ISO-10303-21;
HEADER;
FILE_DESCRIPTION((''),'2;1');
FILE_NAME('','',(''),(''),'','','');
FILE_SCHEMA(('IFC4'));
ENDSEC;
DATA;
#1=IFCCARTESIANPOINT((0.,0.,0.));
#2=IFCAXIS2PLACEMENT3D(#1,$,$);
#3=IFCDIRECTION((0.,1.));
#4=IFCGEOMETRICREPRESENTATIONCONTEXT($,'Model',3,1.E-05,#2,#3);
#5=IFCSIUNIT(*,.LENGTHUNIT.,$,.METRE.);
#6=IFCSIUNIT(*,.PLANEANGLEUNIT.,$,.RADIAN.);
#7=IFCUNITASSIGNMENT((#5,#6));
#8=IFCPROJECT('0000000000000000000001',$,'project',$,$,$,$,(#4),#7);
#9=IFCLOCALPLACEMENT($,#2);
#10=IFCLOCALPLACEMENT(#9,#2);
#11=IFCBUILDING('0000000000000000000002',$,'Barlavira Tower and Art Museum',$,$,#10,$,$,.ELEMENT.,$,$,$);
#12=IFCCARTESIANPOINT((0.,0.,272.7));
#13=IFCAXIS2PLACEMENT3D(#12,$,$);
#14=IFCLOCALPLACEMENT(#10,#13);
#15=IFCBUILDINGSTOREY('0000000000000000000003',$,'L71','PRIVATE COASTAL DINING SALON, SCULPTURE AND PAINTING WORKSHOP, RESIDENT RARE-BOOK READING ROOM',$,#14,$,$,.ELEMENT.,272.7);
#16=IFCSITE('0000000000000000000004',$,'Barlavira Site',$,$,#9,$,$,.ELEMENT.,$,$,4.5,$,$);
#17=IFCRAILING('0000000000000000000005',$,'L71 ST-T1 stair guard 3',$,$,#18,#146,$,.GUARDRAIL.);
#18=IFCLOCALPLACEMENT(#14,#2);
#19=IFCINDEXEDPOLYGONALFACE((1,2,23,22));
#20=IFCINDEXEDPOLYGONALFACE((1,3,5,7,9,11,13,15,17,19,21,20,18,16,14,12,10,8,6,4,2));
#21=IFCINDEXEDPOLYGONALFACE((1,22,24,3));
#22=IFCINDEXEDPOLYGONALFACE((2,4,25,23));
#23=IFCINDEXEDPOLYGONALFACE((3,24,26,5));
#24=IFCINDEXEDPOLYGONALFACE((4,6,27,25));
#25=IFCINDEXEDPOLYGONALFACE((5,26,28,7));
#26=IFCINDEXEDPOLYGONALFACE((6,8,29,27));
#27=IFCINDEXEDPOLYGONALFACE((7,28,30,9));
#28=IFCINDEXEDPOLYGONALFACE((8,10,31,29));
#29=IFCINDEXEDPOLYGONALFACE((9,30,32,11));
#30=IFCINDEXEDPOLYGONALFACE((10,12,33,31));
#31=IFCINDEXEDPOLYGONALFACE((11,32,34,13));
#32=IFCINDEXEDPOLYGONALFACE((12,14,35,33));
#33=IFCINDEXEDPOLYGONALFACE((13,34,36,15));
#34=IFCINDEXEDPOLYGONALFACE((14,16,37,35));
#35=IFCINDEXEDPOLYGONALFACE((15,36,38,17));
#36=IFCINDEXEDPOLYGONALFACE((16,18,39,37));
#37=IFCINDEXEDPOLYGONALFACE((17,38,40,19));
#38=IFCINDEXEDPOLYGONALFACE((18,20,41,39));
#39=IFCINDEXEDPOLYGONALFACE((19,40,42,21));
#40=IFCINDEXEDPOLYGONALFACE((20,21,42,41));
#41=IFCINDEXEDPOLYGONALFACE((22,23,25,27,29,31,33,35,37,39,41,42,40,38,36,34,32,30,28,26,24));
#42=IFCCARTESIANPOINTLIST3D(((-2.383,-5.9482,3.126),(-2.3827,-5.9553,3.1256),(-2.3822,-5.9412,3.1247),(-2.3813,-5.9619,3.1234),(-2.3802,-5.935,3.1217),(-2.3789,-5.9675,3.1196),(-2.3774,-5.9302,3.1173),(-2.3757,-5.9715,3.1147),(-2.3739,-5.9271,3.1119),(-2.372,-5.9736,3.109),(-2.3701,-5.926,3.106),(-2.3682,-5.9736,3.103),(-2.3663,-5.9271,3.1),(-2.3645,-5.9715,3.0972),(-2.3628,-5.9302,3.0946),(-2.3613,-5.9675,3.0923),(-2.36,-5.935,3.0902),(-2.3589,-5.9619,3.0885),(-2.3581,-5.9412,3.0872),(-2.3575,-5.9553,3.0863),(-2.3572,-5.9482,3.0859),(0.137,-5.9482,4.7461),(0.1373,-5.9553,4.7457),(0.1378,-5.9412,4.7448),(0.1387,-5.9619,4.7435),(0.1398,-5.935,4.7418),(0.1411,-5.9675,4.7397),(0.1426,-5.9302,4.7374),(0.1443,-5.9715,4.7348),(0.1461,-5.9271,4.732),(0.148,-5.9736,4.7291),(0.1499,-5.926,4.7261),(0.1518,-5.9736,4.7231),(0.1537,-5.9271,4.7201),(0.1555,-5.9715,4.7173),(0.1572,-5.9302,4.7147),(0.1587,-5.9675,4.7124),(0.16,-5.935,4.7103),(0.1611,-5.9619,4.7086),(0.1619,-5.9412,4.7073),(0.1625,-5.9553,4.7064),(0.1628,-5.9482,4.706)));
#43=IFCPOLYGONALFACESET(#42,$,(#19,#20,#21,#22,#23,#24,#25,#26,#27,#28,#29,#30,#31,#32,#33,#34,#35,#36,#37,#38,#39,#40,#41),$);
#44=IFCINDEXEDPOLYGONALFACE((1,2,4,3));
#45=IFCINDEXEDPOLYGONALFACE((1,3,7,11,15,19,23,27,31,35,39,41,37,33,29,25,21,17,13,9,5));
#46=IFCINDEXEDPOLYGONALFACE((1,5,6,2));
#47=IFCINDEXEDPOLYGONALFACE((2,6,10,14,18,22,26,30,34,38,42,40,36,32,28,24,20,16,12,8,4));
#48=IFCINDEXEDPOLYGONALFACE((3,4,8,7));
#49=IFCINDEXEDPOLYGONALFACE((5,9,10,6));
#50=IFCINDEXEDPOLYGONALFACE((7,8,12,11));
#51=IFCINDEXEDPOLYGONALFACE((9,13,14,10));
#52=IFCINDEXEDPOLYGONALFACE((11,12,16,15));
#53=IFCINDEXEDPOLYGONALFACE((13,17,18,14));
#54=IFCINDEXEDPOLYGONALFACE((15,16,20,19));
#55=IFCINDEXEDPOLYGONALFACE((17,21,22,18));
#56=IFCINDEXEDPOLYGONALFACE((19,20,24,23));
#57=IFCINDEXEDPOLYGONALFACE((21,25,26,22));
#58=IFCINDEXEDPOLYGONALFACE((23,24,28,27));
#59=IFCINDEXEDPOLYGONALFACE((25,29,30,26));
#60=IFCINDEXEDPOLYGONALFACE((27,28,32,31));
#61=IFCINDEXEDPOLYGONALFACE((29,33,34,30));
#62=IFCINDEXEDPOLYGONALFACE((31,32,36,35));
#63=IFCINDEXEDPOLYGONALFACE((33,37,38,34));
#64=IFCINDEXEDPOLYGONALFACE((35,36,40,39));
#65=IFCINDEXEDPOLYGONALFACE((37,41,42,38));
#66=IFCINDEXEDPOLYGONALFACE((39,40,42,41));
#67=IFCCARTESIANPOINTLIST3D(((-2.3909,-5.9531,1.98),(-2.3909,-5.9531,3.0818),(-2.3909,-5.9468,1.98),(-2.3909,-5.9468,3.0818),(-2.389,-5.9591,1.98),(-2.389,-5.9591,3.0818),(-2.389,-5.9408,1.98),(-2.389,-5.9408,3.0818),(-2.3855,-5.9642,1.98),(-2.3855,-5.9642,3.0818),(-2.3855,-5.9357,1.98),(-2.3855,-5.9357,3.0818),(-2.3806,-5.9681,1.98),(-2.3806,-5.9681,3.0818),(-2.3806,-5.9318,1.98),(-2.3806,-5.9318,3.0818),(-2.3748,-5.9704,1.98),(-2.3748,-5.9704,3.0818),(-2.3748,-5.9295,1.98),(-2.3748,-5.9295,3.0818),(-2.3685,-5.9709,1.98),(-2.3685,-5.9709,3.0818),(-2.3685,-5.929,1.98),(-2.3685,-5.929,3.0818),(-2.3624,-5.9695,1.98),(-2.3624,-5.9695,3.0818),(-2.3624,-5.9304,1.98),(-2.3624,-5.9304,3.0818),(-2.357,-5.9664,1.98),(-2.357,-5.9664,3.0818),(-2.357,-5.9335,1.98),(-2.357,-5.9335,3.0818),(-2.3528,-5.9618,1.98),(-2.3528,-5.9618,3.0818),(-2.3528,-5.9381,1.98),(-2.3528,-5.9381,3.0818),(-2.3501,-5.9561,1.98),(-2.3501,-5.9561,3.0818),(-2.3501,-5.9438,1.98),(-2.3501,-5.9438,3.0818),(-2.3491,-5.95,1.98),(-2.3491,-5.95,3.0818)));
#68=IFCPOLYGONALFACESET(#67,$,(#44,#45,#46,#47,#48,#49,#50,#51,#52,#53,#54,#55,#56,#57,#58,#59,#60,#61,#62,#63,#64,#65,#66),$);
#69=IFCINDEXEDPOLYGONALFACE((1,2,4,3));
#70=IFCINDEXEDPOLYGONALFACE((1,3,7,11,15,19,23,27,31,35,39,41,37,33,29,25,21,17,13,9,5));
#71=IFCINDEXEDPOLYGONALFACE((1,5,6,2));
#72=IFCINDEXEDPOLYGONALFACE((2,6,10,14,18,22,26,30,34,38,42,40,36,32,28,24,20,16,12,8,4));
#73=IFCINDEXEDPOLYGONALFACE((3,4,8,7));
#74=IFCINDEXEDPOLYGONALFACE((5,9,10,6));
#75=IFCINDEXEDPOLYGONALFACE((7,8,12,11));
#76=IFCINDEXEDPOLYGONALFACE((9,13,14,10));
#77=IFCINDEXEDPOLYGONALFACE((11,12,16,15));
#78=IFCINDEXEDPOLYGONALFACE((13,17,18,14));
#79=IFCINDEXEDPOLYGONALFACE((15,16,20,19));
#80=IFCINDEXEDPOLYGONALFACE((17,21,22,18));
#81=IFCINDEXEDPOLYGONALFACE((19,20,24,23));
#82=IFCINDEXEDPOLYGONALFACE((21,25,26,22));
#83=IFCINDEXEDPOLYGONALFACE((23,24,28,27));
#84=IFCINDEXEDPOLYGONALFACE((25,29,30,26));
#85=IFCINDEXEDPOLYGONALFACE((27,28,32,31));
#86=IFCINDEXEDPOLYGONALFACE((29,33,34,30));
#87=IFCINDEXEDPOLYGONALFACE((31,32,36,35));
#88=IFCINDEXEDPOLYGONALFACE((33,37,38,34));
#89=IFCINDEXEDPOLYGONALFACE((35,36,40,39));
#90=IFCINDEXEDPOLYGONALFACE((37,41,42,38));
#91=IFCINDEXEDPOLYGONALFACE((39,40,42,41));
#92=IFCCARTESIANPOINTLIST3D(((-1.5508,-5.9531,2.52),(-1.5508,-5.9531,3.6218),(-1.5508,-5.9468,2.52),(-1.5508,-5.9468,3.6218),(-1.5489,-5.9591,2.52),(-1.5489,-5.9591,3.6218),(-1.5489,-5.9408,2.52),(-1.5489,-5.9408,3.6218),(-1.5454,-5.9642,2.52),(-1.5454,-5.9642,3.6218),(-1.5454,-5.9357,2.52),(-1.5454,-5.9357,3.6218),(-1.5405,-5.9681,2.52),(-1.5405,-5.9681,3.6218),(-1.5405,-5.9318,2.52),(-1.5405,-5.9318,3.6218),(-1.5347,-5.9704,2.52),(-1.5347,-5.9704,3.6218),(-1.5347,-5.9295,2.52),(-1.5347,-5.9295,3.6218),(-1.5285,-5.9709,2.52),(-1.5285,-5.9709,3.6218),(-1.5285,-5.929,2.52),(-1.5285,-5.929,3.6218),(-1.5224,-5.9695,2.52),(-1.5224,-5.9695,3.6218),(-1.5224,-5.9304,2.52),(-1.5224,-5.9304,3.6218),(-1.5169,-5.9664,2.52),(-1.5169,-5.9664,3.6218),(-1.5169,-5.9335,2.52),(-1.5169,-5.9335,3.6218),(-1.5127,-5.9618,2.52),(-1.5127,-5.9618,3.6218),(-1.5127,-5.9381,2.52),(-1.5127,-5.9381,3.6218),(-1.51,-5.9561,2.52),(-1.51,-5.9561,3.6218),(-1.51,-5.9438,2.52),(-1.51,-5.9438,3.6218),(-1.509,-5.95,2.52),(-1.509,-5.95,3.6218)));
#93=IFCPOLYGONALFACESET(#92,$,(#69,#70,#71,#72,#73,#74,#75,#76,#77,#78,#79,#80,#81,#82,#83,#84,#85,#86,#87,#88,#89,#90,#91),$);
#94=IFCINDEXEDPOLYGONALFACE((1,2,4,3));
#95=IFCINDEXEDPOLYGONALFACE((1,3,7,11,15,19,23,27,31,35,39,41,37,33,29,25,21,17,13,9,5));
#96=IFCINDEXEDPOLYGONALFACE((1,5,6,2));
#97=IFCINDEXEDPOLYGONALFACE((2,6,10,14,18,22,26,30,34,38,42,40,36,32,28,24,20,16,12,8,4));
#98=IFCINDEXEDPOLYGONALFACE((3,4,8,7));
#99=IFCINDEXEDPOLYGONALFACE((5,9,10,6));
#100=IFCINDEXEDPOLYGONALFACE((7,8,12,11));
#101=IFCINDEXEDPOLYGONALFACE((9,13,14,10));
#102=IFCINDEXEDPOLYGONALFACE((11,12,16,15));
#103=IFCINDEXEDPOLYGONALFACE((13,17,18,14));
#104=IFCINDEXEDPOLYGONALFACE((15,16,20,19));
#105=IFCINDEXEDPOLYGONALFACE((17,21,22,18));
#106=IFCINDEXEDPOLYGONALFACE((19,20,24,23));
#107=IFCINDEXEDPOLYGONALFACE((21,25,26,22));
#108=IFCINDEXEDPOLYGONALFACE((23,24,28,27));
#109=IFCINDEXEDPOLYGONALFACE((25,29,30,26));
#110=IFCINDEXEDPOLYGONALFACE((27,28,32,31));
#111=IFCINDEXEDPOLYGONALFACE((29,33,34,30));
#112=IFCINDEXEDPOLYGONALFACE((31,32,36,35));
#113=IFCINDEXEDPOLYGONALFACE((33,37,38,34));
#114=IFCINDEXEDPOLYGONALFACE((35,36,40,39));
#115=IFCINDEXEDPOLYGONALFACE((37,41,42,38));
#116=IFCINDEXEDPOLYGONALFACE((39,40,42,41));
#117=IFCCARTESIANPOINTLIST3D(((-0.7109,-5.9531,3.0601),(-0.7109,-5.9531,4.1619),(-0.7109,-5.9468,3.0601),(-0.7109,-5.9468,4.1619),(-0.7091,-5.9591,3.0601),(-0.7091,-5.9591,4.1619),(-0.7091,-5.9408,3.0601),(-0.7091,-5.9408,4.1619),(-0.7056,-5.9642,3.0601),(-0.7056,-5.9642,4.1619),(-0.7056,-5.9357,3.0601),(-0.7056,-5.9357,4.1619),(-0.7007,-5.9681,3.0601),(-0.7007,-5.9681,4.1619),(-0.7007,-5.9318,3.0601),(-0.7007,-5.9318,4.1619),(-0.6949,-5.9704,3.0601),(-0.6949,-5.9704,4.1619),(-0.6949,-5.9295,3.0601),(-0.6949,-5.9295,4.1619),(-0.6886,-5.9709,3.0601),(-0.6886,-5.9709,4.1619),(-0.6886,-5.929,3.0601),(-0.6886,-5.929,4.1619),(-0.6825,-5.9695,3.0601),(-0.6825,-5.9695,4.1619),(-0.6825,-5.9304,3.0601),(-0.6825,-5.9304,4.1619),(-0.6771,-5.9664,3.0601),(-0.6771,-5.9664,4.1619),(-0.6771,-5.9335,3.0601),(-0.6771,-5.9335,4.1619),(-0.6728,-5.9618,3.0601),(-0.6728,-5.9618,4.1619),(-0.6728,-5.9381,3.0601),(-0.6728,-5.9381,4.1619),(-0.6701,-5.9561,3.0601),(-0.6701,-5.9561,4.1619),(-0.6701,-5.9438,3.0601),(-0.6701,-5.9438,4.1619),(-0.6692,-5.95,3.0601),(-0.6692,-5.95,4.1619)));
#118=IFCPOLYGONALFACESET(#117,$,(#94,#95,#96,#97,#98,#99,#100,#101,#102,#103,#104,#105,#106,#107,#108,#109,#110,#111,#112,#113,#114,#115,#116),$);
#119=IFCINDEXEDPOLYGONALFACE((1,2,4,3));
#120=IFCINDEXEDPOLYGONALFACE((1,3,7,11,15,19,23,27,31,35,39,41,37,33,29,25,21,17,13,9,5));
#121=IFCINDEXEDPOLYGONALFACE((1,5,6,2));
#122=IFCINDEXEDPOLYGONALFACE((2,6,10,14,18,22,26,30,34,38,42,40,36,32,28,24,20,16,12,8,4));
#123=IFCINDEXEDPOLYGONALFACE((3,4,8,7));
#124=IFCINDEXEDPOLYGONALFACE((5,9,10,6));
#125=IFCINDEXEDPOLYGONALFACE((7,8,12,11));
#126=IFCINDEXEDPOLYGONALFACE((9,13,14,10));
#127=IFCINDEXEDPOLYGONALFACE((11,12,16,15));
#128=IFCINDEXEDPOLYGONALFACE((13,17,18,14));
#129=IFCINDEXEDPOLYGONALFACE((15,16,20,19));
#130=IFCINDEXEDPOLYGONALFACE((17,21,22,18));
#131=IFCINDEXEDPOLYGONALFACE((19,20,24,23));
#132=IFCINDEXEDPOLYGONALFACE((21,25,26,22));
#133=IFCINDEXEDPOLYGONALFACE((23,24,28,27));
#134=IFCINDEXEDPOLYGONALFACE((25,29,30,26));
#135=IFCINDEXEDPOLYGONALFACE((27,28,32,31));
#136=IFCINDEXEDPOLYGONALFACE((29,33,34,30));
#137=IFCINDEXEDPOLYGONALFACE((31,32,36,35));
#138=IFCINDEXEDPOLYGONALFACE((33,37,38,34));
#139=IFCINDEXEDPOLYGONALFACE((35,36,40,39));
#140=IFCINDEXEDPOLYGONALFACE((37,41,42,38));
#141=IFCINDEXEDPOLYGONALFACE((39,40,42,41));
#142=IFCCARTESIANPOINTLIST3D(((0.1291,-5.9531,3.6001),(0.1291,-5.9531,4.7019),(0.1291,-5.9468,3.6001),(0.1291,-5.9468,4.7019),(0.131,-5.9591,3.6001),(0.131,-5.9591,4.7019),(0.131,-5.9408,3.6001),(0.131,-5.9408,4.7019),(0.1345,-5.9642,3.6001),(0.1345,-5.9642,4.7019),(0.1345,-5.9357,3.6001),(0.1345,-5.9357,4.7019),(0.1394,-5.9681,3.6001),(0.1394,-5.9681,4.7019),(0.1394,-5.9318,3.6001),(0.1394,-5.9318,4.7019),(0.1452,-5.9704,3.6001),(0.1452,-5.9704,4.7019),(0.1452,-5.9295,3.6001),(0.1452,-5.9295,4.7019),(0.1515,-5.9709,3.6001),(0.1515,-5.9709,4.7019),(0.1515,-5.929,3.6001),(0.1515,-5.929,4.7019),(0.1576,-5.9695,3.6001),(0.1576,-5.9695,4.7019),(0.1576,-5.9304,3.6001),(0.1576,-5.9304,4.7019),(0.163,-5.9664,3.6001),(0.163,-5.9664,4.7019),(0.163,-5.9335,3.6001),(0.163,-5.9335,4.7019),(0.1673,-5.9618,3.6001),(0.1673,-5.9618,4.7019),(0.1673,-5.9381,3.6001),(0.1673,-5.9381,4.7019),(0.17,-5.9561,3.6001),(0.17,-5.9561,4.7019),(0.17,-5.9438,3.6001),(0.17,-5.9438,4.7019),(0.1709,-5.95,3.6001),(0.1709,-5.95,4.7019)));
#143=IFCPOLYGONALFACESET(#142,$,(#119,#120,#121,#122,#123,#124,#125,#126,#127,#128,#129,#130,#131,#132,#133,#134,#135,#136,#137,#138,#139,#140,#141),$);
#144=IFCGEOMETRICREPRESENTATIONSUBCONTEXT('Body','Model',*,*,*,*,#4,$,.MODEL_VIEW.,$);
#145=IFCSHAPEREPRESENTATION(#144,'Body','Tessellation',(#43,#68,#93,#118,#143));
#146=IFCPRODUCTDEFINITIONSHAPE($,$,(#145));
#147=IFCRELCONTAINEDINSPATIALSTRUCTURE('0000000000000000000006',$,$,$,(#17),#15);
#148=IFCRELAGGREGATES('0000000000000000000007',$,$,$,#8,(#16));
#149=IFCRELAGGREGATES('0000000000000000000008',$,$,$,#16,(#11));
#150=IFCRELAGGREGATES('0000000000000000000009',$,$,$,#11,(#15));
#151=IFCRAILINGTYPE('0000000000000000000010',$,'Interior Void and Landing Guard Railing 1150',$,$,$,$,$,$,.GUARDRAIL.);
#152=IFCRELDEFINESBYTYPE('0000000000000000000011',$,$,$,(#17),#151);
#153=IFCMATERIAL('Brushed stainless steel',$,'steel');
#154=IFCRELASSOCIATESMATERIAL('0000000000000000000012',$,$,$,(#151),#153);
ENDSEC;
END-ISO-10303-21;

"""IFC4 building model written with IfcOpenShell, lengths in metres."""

from ifc_helpers import new_model, si_unit, direction, frame, origin, origin_2d, place, context, subcontext, project, spatial, circle, extrude, material, type_object, element, save


model = new_model("IFC4")

# Units and contexts
model_context = context("Model", 3, precision=1e-05, world=origin(), true_north=direction((0.0, 1.0)))
body_context = subcontext(model_context, "Body", "Model", "MODEL_VIEW")
ifc_project = project(units=[si_unit("LENGTHUNIT", "METRE"), si_unit("PLANEANGLEUNIT", "RADIAN")], contexts=[model_context])

# Site, building, storey
site_placement = place(None, origin())
site = spatial("IfcSite", under=ifc_project, at=site_placement, Name="Barlavira Site", CompositionType="ELEMENT", RefElevation=4.5)
building_placement = place(site_placement, origin())
building = spatial("IfcBuilding", under=site, at=building_placement, Name="Barlavira Tower and Art Museum", CompositionType="ELEMENT")
storey_placement = place(building_placement, frame((0.0, 0.0, 272.7)))
storey = spatial("IfcBuildingStorey", under=building, at=storey_placement, Name="L71", Description="PRIVATE COASTAL DINING SALON, SCULPTURE AND PAINTING WORKSHOP, RESIDENT RARE-BOOK READING ROOM", CompositionType="ELEMENT", Elevation=272.7)

# Shared definitions
ifc_material_1 = material(Name="Brushed stainless steel", Category="steel")

# Railing
railing_type_1 = type_object("IfcRailingType", Name="Interior Void and Landing Guard Railing 1150", PredefinedType="GUARDRAIL", material=ifc_material_1)
railing_1_placement = place(storey_placement, frame((-2.3701, -5.95, 1.98)))
element("IfcRailing", 1, at=railing_1_placement, inside=storey, type_object=railing_type_1, Name="L71 ST-T1 stair guard 3", PredefinedType="GUARDRAIL", context=body_context, shape_type="SweptSolid", body=[
    extrude(circle(Radius=0.0239, at=origin_2d()), frame((0.0, 0.0, 1.126), z_axis=(0.841163, 0.0, 0.540782), x_axis=(0.0, 1.0, 0.0)), (0.0, 0.0, 1.0), 2.9958),
    extrude(circle(Radius=0.021, at=origin_2d()), origin(), (0.0, 0.0, 1.0), 1.1018),
    extrude(circle(Radius=0.021, at=origin_2d()), frame((0.8401, 0.0, 0.54)), (0.0, 0.0, 1.0), 1.1018),
    extrude(circle(Radius=0.021, at=origin_2d()), frame((1.6799, 0.0, 1.0801)), (0.0, 0.0, 1.0), 1.1018),
    extrude(circle(Radius=0.021, at=origin_2d()), frame((2.52, 0.0, 1.6201)), (0.0, 0.0, 1.0), 1.1018),
])

save(model, "model.ifc")
